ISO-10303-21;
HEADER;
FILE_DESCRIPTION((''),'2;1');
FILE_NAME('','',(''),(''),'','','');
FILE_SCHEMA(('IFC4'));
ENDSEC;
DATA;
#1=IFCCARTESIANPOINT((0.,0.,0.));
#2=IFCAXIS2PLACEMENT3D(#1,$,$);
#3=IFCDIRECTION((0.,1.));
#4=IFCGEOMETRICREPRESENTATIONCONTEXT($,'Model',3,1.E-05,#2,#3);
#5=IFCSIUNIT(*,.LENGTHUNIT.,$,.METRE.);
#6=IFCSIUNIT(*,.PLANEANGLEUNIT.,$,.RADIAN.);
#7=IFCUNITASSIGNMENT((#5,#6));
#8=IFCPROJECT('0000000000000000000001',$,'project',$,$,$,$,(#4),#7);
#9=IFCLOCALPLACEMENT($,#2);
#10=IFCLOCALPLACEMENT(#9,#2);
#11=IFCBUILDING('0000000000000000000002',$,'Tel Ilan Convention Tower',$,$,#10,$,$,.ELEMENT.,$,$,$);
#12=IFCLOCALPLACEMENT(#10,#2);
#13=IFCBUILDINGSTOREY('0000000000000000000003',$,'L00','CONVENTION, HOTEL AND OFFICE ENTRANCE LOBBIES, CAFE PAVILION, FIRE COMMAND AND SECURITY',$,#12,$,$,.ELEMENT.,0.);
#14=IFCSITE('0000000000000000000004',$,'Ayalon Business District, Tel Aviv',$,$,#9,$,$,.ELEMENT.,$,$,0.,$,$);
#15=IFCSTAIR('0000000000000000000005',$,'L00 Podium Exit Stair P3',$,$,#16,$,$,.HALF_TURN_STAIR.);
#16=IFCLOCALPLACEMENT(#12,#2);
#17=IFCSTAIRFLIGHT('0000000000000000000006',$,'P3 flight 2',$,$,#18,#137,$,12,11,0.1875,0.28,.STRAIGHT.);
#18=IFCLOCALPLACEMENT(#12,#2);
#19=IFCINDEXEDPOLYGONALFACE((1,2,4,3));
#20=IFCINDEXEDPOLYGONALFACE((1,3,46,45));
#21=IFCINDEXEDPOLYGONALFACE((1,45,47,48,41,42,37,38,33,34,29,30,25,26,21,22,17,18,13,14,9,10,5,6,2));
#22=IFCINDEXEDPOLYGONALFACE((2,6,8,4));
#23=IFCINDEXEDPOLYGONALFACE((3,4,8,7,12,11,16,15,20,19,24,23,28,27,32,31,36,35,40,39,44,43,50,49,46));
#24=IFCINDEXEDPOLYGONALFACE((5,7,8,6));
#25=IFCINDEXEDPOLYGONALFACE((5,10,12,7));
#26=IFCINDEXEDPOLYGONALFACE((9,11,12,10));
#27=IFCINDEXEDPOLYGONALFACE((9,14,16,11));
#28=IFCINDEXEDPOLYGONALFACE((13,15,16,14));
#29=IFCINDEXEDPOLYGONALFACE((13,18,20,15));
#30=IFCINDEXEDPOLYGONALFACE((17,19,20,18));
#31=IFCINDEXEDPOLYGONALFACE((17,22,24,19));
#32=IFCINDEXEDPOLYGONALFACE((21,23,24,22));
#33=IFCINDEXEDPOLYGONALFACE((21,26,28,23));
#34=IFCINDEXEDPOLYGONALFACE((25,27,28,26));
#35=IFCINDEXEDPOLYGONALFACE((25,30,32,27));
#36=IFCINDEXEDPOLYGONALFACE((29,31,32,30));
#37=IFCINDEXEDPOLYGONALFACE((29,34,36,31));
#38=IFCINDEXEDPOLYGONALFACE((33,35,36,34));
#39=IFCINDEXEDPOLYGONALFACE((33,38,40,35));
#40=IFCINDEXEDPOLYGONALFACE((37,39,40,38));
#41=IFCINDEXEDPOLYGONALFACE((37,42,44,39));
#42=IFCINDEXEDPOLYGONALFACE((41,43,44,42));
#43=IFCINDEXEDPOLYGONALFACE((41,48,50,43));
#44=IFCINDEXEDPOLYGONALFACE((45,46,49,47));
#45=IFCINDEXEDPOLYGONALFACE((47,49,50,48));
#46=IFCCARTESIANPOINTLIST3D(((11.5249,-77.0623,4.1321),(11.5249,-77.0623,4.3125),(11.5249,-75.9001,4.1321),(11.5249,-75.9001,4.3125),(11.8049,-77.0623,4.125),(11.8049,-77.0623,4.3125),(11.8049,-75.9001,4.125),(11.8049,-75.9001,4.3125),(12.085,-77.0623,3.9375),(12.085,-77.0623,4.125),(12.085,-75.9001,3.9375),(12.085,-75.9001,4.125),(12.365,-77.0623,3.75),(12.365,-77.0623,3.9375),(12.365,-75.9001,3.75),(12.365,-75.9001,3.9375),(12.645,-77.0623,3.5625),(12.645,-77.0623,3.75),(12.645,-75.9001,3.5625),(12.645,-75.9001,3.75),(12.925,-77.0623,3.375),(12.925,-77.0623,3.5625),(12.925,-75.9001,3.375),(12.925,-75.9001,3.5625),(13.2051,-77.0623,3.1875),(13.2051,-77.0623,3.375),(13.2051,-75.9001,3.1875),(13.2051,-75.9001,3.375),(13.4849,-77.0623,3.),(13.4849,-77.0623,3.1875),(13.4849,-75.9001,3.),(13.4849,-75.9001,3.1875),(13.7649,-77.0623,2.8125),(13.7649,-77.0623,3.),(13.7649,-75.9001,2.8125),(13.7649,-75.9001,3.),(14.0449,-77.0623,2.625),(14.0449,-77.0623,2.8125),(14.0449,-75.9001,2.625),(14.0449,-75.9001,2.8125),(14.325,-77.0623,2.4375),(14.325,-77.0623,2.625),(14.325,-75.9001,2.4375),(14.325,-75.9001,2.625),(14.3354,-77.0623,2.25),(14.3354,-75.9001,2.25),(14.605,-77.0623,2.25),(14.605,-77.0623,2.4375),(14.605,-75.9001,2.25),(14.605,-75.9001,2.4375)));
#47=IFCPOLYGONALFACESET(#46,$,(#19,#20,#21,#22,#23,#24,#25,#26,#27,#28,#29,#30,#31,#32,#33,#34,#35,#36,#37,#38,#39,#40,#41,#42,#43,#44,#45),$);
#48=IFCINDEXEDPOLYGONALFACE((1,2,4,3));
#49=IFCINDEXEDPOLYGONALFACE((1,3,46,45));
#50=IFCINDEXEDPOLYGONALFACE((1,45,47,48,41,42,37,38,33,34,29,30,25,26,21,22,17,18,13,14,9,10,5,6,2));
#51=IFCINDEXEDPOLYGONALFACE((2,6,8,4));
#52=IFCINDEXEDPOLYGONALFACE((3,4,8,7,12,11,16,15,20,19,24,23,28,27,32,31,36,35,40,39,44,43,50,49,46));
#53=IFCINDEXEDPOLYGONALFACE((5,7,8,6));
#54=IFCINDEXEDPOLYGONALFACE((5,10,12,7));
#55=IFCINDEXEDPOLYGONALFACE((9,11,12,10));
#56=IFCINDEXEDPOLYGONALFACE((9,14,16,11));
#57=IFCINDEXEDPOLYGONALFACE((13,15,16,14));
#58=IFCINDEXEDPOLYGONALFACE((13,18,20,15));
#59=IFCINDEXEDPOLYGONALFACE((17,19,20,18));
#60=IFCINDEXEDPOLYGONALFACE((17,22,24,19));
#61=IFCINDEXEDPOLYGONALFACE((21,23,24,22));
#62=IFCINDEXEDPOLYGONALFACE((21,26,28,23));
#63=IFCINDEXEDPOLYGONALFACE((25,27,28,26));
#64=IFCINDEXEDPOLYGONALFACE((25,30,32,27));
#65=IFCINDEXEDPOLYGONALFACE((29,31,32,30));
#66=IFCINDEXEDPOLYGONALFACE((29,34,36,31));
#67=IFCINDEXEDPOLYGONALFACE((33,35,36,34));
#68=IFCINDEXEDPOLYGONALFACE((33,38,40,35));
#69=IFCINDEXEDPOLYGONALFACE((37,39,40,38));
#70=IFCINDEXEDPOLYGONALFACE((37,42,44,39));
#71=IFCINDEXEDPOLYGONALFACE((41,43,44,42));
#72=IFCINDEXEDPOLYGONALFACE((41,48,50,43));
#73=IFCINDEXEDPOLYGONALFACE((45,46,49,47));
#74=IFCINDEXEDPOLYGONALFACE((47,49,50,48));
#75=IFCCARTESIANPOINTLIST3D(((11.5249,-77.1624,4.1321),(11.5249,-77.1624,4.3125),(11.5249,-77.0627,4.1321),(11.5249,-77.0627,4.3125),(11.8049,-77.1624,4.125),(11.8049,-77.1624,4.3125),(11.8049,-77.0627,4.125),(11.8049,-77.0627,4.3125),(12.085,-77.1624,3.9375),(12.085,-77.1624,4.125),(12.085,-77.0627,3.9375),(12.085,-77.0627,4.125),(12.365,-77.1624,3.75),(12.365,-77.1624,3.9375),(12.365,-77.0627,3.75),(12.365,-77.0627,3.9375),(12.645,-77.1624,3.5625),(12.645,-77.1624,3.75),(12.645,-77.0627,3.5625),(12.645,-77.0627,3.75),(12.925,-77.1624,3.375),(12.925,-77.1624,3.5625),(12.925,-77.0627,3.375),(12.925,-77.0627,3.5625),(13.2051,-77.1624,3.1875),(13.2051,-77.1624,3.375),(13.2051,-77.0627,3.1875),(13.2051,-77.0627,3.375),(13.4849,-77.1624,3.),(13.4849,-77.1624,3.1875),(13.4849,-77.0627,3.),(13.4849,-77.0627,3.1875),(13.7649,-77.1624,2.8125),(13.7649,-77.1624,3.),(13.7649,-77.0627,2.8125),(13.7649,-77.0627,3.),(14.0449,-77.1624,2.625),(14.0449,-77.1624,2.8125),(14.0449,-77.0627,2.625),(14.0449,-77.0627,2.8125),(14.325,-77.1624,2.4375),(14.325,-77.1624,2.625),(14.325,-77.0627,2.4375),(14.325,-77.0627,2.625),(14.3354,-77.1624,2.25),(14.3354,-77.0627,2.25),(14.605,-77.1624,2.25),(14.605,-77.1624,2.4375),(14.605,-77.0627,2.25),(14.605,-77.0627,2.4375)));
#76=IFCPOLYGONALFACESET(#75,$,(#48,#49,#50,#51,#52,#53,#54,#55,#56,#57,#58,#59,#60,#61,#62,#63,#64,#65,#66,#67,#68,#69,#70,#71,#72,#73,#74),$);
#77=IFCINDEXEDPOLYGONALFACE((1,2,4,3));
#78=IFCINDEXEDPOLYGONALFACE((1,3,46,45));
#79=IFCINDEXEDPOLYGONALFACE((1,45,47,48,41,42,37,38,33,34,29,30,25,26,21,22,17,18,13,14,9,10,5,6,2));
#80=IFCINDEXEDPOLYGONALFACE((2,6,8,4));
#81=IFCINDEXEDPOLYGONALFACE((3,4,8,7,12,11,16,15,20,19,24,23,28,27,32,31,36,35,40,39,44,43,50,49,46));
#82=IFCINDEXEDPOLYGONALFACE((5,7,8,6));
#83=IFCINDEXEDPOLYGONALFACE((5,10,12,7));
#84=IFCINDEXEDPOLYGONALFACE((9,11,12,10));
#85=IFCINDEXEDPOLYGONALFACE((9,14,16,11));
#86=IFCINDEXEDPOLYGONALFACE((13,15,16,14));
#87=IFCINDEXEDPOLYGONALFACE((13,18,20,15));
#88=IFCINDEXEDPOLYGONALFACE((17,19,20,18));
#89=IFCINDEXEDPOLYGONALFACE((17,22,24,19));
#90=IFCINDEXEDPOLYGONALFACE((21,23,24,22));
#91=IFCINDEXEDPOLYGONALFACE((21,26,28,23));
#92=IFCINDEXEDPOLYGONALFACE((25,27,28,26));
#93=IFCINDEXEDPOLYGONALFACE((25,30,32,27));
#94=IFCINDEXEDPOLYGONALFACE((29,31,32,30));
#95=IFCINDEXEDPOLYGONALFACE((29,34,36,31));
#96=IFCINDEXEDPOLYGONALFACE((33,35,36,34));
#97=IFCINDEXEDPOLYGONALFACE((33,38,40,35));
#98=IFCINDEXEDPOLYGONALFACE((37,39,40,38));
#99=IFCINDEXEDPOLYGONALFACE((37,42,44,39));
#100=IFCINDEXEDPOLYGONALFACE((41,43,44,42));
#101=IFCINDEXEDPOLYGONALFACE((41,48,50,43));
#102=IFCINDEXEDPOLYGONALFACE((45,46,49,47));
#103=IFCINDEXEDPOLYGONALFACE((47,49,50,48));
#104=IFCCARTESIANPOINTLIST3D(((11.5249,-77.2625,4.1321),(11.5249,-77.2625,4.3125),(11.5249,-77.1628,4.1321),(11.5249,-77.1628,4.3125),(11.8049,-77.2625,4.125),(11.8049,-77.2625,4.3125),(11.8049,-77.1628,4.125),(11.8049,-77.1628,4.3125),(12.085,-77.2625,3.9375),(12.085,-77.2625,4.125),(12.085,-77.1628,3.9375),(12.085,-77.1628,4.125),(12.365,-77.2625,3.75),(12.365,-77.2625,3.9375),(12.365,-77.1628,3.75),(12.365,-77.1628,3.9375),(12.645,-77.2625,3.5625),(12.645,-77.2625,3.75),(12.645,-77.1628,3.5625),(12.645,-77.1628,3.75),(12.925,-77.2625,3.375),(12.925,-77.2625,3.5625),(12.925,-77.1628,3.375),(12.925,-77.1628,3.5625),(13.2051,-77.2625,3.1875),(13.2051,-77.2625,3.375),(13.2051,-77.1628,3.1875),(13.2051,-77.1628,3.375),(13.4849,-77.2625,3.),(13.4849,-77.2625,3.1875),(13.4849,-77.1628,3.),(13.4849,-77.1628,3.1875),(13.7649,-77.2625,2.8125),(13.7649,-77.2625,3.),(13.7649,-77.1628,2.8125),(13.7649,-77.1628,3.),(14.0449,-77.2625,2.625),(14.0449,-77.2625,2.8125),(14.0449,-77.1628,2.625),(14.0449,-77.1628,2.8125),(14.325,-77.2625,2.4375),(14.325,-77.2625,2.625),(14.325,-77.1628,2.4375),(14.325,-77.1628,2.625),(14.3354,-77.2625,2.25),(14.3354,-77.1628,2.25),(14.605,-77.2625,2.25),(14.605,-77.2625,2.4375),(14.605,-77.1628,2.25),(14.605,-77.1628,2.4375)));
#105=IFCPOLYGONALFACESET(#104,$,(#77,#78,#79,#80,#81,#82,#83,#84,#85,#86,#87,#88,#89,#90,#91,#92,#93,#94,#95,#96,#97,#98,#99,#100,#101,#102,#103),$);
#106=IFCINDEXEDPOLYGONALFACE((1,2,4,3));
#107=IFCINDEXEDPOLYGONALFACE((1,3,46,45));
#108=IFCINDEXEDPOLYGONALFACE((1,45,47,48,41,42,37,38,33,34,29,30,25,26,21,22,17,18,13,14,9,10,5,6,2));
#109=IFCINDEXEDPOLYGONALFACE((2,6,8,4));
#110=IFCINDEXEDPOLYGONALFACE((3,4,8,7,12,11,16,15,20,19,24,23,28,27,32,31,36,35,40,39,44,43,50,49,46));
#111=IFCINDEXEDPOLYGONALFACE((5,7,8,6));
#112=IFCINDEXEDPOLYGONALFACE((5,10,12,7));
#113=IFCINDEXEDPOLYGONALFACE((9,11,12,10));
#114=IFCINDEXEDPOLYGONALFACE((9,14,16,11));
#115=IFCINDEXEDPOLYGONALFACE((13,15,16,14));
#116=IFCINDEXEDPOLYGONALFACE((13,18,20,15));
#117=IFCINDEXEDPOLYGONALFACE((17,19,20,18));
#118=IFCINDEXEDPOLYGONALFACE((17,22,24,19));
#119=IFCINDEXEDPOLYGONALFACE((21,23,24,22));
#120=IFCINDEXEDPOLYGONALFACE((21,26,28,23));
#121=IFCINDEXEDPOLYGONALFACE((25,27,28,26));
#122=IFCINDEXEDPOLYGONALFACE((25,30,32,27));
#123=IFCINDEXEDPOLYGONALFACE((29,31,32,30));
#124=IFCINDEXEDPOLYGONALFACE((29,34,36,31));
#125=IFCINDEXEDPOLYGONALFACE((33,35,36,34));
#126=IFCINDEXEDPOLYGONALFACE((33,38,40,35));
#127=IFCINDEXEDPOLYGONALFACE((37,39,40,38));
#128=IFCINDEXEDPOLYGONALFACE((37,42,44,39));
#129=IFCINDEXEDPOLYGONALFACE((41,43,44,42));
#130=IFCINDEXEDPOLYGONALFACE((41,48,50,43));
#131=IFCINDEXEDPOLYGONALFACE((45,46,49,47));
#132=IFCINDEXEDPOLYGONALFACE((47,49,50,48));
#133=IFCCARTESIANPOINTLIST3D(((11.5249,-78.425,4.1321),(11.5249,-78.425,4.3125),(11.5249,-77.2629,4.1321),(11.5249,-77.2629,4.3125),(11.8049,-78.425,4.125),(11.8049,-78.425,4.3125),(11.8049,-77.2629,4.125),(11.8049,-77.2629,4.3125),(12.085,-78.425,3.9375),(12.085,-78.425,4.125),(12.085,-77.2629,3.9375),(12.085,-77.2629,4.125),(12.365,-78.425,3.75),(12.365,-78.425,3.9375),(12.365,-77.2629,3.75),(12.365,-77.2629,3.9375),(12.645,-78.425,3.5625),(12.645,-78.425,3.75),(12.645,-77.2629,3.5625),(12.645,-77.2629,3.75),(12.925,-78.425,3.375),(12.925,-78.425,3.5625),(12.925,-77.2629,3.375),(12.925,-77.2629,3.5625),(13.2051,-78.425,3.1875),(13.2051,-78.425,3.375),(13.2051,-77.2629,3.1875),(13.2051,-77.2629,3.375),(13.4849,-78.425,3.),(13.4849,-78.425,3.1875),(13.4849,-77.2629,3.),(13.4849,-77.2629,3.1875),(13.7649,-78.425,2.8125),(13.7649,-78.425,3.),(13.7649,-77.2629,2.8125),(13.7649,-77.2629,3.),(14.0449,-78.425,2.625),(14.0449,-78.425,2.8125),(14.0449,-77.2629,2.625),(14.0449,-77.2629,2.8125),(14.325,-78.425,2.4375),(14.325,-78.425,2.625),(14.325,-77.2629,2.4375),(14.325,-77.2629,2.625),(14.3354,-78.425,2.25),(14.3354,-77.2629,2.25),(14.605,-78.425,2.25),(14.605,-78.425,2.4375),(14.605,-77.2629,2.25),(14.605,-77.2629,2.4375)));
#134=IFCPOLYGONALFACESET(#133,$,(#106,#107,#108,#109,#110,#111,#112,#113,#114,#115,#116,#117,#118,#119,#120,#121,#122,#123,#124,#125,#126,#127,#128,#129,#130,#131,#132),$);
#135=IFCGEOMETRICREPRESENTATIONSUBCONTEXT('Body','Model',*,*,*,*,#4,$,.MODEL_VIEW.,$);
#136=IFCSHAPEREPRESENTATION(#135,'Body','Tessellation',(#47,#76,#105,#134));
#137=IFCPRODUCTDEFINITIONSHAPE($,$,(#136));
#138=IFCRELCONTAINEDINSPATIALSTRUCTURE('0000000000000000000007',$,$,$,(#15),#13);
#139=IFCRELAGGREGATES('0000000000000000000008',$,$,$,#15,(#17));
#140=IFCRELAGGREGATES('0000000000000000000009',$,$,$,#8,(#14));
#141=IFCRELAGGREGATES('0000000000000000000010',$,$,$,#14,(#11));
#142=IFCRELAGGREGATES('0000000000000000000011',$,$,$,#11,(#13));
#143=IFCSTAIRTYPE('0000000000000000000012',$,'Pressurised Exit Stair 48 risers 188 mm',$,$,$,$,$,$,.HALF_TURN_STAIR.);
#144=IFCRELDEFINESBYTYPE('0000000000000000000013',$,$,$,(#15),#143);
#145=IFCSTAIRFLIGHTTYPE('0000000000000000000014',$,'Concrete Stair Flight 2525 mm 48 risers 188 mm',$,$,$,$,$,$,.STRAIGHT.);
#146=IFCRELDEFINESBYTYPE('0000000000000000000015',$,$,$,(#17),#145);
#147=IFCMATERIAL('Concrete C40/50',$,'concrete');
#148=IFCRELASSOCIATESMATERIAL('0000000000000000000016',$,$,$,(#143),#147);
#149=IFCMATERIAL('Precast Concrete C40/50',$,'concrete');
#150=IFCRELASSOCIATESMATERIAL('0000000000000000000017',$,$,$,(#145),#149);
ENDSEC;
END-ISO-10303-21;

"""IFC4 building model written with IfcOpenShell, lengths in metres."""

from ifc_helpers import new_model, si_unit, direction, frame, origin, place, context, subcontext, project, spatial, polyline, outline, extrude, material, type_object, element, aggregate, save


model = new_model("IFC4")

# Units and contexts
model_context = context("Model", 3, precision=1e-05, world=origin(), true_north=direction((0.0, 1.0)))
body_context = subcontext(model_context, "Body", "Model", "MODEL_VIEW")
ifc_project = project(units=[si_unit("LENGTHUNIT", "METRE"), si_unit("PLANEANGLEUNIT", "RADIAN")], contexts=[model_context])

# Site, building, storey
site_placement = place(None, origin())
site = spatial("IfcSite", under=ifc_project, at=site_placement, Name="Ayalon Business District, Tel Aviv", CompositionType="ELEMENT", RefElevation=0.0)
building_placement = place(site_placement, origin())
building = spatial("IfcBuilding", under=site, at=building_placement, Name="Tel Ilan Convention Tower", CompositionType="ELEMENT")
storey_placement = place(building_placement, origin())
storey = spatial("IfcBuildingStorey", under=building, at=storey_placement, Name="L00", Description="CONVENTION, HOTEL AND OFFICE ENTRANCE LOBBIES, CAFE PAVILION, FIRE COMMAND AND SECURITY", CompositionType="ELEMENT", Elevation=0.0)

# Stair, stair flight
ifc_material_1 = material(Name="Concrete C40/50", Category="concrete")
stair_type = type_object("IfcStairType", Name="Pressurised Exit Stair 48 risers 188 mm", PredefinedType="HALF_TURN_STAIR", material=ifc_material_1)
stair_placement = place(storey_placement, origin())
stair = element("IfcStair", 1, at=stair_placement, inside=storey, type_object=stair_type, Name="L00 Podium Exit Stair P3", PredefinedType="HALF_TURN_STAIR")
ifc_material_2 = material(Name="Precast Concrete C40/50", Category="concrete")
stair_flight_type = type_object("IfcStairFlightType", Name="Concrete Stair Flight 2525 mm 48 risers 188 mm", PredefinedType="STRAIGHT", material=ifc_material_2)
stair_flight_1_placement = place(storey_placement, frame((14.605, -77.1626, 2.25), z_axis=(0.0, 0.0, 1.0), x_axis=(-1.0, 0.0, 0.0)))
stair_flight_1 = element("IfcStairFlight", 2, at=stair_flight_1_placement, type_object=stair_flight_type, Name="P3 flight 2", NumberOfRisers=12, NumberOfTreads=11, PredefinedType="STRAIGHT", RiserHeight=0.1875, TreadLength=0.28, context=body_context, shape_type="SweptSolid", body=[
    extrude(outline(polyline([(0.0, 0.0), (0.0, 0.1875), (0.28, 0.1875), (0.28, 0.375), (0.5601, 0.375), (0.5601, 0.5625), (0.8401, 0.5625), (0.8401, 0.75), (1.1201, 0.75), (1.1201, 0.9375), (1.3999, 0.9375), (1.3999, 1.125), (1.6799, 1.125), (1.6799, 1.3125), (1.96, 1.3125), (1.96, 1.5), (2.24, 1.5), (2.24, 1.6875), (2.52, 1.6875), (2.52, 1.875), (2.8, 1.875), (2.8, 2.0625), (3.0801, 2.0625), (3.0801, 2.25), (3.0801, 1.8821), (0.2695, 0.0), (0.0, 0.0)])), frame((0.0, -0.1003, 0.0), z_axis=(0.0, -1.0, 0.0), x_axis=(1.0, 0.0, 0.0)), (0.0, 0.0, 1.0), 1.1621),
    extrude(outline(polyline([(0.0, 0.0), (0.0, 0.1875), (0.28, 0.1875), (0.28, 0.375), (0.5601, 0.375), (0.5601, 0.5625), (0.8401, 0.5625), (0.8401, 0.75), (1.1201, 0.75), (1.1201, 0.9375), (1.3999, 0.9375), (1.3999, 1.125), (1.6799, 1.125), (1.6799, 1.3125), (1.96, 1.3125), (1.96, 1.5), (2.24, 1.5), (2.24, 1.6875), (2.52, 1.6875), (2.52, 1.875), (2.8, 1.875), (2.8, 2.0625), (3.0801, 2.0625), (3.0801, 2.25), (3.0801, 1.8821), (0.2695, 0.0), (0.0, 0.0)])), frame((0.0, -0.0002, 0.0), z_axis=(0.0, -1.0, 0.0), x_axis=(1.0, 0.0, 0.0)), (0.0, 0.0, 1.0), 0.0996),
    extrude(outline(polyline([(0.0, 0.0), (0.0, 0.1875), (0.28, 0.1875), (0.28, 0.375), (0.5601, 0.375), (0.5601, 0.5625), (0.8401, 0.5625), (0.8401, 0.75), (1.1201, 0.75), (1.1201, 0.9375), (1.3999, 0.9375), (1.3999, 1.125), (1.6799, 1.125), (1.6799, 1.3125), (1.96, 1.3125), (1.96, 1.5), (2.24, 1.5), (2.24, 1.6875), (2.52, 1.6875), (2.52, 1.875), (2.8, 1.875), (2.8, 2.0625), (3.0801, 2.0625), (3.0801, 2.25), (3.0801, 1.8821), (0.2695, 0.0), (0.0, 0.0)])), frame((0.0, 0.0999, 0.0), z_axis=(0.0, -1.0, 0.0), x_axis=(1.0, 0.0, 0.0)), (0.0, 0.0, 1.0), 0.0996),
    extrude(outline(polyline([(0.0, 0.0), (0.0, 0.1875), (0.28, 0.1875), (0.28, 0.375), (0.5601, 0.375), (0.5601, 0.5625), (0.8401, 0.5625), (0.8401, 0.75), (1.1201, 0.75), (1.1201, 0.9375), (1.3999, 0.9375), (1.3999, 1.125), (1.6799, 1.125), (1.6799, 1.3125), (1.96, 1.3125), (1.96, 1.5), (2.24, 1.5), (2.24, 1.6875), (2.52, 1.6875), (2.52, 1.875), (2.8, 1.875), (2.8, 2.0625), (3.0801, 2.0625), (3.0801, 2.25), (3.0801, 1.8821), (0.2695, 0.0), (0.0, 0.0)])), frame((0.0, 1.2625, 0.0), z_axis=(0.0, -1.0, 0.0), x_axis=(1.0, 0.0, 0.0)), (0.0, 0.0, 1.0), 1.1621),
])
aggregate(stair, [stair_flight_1])

save(model, "model.ifc")
